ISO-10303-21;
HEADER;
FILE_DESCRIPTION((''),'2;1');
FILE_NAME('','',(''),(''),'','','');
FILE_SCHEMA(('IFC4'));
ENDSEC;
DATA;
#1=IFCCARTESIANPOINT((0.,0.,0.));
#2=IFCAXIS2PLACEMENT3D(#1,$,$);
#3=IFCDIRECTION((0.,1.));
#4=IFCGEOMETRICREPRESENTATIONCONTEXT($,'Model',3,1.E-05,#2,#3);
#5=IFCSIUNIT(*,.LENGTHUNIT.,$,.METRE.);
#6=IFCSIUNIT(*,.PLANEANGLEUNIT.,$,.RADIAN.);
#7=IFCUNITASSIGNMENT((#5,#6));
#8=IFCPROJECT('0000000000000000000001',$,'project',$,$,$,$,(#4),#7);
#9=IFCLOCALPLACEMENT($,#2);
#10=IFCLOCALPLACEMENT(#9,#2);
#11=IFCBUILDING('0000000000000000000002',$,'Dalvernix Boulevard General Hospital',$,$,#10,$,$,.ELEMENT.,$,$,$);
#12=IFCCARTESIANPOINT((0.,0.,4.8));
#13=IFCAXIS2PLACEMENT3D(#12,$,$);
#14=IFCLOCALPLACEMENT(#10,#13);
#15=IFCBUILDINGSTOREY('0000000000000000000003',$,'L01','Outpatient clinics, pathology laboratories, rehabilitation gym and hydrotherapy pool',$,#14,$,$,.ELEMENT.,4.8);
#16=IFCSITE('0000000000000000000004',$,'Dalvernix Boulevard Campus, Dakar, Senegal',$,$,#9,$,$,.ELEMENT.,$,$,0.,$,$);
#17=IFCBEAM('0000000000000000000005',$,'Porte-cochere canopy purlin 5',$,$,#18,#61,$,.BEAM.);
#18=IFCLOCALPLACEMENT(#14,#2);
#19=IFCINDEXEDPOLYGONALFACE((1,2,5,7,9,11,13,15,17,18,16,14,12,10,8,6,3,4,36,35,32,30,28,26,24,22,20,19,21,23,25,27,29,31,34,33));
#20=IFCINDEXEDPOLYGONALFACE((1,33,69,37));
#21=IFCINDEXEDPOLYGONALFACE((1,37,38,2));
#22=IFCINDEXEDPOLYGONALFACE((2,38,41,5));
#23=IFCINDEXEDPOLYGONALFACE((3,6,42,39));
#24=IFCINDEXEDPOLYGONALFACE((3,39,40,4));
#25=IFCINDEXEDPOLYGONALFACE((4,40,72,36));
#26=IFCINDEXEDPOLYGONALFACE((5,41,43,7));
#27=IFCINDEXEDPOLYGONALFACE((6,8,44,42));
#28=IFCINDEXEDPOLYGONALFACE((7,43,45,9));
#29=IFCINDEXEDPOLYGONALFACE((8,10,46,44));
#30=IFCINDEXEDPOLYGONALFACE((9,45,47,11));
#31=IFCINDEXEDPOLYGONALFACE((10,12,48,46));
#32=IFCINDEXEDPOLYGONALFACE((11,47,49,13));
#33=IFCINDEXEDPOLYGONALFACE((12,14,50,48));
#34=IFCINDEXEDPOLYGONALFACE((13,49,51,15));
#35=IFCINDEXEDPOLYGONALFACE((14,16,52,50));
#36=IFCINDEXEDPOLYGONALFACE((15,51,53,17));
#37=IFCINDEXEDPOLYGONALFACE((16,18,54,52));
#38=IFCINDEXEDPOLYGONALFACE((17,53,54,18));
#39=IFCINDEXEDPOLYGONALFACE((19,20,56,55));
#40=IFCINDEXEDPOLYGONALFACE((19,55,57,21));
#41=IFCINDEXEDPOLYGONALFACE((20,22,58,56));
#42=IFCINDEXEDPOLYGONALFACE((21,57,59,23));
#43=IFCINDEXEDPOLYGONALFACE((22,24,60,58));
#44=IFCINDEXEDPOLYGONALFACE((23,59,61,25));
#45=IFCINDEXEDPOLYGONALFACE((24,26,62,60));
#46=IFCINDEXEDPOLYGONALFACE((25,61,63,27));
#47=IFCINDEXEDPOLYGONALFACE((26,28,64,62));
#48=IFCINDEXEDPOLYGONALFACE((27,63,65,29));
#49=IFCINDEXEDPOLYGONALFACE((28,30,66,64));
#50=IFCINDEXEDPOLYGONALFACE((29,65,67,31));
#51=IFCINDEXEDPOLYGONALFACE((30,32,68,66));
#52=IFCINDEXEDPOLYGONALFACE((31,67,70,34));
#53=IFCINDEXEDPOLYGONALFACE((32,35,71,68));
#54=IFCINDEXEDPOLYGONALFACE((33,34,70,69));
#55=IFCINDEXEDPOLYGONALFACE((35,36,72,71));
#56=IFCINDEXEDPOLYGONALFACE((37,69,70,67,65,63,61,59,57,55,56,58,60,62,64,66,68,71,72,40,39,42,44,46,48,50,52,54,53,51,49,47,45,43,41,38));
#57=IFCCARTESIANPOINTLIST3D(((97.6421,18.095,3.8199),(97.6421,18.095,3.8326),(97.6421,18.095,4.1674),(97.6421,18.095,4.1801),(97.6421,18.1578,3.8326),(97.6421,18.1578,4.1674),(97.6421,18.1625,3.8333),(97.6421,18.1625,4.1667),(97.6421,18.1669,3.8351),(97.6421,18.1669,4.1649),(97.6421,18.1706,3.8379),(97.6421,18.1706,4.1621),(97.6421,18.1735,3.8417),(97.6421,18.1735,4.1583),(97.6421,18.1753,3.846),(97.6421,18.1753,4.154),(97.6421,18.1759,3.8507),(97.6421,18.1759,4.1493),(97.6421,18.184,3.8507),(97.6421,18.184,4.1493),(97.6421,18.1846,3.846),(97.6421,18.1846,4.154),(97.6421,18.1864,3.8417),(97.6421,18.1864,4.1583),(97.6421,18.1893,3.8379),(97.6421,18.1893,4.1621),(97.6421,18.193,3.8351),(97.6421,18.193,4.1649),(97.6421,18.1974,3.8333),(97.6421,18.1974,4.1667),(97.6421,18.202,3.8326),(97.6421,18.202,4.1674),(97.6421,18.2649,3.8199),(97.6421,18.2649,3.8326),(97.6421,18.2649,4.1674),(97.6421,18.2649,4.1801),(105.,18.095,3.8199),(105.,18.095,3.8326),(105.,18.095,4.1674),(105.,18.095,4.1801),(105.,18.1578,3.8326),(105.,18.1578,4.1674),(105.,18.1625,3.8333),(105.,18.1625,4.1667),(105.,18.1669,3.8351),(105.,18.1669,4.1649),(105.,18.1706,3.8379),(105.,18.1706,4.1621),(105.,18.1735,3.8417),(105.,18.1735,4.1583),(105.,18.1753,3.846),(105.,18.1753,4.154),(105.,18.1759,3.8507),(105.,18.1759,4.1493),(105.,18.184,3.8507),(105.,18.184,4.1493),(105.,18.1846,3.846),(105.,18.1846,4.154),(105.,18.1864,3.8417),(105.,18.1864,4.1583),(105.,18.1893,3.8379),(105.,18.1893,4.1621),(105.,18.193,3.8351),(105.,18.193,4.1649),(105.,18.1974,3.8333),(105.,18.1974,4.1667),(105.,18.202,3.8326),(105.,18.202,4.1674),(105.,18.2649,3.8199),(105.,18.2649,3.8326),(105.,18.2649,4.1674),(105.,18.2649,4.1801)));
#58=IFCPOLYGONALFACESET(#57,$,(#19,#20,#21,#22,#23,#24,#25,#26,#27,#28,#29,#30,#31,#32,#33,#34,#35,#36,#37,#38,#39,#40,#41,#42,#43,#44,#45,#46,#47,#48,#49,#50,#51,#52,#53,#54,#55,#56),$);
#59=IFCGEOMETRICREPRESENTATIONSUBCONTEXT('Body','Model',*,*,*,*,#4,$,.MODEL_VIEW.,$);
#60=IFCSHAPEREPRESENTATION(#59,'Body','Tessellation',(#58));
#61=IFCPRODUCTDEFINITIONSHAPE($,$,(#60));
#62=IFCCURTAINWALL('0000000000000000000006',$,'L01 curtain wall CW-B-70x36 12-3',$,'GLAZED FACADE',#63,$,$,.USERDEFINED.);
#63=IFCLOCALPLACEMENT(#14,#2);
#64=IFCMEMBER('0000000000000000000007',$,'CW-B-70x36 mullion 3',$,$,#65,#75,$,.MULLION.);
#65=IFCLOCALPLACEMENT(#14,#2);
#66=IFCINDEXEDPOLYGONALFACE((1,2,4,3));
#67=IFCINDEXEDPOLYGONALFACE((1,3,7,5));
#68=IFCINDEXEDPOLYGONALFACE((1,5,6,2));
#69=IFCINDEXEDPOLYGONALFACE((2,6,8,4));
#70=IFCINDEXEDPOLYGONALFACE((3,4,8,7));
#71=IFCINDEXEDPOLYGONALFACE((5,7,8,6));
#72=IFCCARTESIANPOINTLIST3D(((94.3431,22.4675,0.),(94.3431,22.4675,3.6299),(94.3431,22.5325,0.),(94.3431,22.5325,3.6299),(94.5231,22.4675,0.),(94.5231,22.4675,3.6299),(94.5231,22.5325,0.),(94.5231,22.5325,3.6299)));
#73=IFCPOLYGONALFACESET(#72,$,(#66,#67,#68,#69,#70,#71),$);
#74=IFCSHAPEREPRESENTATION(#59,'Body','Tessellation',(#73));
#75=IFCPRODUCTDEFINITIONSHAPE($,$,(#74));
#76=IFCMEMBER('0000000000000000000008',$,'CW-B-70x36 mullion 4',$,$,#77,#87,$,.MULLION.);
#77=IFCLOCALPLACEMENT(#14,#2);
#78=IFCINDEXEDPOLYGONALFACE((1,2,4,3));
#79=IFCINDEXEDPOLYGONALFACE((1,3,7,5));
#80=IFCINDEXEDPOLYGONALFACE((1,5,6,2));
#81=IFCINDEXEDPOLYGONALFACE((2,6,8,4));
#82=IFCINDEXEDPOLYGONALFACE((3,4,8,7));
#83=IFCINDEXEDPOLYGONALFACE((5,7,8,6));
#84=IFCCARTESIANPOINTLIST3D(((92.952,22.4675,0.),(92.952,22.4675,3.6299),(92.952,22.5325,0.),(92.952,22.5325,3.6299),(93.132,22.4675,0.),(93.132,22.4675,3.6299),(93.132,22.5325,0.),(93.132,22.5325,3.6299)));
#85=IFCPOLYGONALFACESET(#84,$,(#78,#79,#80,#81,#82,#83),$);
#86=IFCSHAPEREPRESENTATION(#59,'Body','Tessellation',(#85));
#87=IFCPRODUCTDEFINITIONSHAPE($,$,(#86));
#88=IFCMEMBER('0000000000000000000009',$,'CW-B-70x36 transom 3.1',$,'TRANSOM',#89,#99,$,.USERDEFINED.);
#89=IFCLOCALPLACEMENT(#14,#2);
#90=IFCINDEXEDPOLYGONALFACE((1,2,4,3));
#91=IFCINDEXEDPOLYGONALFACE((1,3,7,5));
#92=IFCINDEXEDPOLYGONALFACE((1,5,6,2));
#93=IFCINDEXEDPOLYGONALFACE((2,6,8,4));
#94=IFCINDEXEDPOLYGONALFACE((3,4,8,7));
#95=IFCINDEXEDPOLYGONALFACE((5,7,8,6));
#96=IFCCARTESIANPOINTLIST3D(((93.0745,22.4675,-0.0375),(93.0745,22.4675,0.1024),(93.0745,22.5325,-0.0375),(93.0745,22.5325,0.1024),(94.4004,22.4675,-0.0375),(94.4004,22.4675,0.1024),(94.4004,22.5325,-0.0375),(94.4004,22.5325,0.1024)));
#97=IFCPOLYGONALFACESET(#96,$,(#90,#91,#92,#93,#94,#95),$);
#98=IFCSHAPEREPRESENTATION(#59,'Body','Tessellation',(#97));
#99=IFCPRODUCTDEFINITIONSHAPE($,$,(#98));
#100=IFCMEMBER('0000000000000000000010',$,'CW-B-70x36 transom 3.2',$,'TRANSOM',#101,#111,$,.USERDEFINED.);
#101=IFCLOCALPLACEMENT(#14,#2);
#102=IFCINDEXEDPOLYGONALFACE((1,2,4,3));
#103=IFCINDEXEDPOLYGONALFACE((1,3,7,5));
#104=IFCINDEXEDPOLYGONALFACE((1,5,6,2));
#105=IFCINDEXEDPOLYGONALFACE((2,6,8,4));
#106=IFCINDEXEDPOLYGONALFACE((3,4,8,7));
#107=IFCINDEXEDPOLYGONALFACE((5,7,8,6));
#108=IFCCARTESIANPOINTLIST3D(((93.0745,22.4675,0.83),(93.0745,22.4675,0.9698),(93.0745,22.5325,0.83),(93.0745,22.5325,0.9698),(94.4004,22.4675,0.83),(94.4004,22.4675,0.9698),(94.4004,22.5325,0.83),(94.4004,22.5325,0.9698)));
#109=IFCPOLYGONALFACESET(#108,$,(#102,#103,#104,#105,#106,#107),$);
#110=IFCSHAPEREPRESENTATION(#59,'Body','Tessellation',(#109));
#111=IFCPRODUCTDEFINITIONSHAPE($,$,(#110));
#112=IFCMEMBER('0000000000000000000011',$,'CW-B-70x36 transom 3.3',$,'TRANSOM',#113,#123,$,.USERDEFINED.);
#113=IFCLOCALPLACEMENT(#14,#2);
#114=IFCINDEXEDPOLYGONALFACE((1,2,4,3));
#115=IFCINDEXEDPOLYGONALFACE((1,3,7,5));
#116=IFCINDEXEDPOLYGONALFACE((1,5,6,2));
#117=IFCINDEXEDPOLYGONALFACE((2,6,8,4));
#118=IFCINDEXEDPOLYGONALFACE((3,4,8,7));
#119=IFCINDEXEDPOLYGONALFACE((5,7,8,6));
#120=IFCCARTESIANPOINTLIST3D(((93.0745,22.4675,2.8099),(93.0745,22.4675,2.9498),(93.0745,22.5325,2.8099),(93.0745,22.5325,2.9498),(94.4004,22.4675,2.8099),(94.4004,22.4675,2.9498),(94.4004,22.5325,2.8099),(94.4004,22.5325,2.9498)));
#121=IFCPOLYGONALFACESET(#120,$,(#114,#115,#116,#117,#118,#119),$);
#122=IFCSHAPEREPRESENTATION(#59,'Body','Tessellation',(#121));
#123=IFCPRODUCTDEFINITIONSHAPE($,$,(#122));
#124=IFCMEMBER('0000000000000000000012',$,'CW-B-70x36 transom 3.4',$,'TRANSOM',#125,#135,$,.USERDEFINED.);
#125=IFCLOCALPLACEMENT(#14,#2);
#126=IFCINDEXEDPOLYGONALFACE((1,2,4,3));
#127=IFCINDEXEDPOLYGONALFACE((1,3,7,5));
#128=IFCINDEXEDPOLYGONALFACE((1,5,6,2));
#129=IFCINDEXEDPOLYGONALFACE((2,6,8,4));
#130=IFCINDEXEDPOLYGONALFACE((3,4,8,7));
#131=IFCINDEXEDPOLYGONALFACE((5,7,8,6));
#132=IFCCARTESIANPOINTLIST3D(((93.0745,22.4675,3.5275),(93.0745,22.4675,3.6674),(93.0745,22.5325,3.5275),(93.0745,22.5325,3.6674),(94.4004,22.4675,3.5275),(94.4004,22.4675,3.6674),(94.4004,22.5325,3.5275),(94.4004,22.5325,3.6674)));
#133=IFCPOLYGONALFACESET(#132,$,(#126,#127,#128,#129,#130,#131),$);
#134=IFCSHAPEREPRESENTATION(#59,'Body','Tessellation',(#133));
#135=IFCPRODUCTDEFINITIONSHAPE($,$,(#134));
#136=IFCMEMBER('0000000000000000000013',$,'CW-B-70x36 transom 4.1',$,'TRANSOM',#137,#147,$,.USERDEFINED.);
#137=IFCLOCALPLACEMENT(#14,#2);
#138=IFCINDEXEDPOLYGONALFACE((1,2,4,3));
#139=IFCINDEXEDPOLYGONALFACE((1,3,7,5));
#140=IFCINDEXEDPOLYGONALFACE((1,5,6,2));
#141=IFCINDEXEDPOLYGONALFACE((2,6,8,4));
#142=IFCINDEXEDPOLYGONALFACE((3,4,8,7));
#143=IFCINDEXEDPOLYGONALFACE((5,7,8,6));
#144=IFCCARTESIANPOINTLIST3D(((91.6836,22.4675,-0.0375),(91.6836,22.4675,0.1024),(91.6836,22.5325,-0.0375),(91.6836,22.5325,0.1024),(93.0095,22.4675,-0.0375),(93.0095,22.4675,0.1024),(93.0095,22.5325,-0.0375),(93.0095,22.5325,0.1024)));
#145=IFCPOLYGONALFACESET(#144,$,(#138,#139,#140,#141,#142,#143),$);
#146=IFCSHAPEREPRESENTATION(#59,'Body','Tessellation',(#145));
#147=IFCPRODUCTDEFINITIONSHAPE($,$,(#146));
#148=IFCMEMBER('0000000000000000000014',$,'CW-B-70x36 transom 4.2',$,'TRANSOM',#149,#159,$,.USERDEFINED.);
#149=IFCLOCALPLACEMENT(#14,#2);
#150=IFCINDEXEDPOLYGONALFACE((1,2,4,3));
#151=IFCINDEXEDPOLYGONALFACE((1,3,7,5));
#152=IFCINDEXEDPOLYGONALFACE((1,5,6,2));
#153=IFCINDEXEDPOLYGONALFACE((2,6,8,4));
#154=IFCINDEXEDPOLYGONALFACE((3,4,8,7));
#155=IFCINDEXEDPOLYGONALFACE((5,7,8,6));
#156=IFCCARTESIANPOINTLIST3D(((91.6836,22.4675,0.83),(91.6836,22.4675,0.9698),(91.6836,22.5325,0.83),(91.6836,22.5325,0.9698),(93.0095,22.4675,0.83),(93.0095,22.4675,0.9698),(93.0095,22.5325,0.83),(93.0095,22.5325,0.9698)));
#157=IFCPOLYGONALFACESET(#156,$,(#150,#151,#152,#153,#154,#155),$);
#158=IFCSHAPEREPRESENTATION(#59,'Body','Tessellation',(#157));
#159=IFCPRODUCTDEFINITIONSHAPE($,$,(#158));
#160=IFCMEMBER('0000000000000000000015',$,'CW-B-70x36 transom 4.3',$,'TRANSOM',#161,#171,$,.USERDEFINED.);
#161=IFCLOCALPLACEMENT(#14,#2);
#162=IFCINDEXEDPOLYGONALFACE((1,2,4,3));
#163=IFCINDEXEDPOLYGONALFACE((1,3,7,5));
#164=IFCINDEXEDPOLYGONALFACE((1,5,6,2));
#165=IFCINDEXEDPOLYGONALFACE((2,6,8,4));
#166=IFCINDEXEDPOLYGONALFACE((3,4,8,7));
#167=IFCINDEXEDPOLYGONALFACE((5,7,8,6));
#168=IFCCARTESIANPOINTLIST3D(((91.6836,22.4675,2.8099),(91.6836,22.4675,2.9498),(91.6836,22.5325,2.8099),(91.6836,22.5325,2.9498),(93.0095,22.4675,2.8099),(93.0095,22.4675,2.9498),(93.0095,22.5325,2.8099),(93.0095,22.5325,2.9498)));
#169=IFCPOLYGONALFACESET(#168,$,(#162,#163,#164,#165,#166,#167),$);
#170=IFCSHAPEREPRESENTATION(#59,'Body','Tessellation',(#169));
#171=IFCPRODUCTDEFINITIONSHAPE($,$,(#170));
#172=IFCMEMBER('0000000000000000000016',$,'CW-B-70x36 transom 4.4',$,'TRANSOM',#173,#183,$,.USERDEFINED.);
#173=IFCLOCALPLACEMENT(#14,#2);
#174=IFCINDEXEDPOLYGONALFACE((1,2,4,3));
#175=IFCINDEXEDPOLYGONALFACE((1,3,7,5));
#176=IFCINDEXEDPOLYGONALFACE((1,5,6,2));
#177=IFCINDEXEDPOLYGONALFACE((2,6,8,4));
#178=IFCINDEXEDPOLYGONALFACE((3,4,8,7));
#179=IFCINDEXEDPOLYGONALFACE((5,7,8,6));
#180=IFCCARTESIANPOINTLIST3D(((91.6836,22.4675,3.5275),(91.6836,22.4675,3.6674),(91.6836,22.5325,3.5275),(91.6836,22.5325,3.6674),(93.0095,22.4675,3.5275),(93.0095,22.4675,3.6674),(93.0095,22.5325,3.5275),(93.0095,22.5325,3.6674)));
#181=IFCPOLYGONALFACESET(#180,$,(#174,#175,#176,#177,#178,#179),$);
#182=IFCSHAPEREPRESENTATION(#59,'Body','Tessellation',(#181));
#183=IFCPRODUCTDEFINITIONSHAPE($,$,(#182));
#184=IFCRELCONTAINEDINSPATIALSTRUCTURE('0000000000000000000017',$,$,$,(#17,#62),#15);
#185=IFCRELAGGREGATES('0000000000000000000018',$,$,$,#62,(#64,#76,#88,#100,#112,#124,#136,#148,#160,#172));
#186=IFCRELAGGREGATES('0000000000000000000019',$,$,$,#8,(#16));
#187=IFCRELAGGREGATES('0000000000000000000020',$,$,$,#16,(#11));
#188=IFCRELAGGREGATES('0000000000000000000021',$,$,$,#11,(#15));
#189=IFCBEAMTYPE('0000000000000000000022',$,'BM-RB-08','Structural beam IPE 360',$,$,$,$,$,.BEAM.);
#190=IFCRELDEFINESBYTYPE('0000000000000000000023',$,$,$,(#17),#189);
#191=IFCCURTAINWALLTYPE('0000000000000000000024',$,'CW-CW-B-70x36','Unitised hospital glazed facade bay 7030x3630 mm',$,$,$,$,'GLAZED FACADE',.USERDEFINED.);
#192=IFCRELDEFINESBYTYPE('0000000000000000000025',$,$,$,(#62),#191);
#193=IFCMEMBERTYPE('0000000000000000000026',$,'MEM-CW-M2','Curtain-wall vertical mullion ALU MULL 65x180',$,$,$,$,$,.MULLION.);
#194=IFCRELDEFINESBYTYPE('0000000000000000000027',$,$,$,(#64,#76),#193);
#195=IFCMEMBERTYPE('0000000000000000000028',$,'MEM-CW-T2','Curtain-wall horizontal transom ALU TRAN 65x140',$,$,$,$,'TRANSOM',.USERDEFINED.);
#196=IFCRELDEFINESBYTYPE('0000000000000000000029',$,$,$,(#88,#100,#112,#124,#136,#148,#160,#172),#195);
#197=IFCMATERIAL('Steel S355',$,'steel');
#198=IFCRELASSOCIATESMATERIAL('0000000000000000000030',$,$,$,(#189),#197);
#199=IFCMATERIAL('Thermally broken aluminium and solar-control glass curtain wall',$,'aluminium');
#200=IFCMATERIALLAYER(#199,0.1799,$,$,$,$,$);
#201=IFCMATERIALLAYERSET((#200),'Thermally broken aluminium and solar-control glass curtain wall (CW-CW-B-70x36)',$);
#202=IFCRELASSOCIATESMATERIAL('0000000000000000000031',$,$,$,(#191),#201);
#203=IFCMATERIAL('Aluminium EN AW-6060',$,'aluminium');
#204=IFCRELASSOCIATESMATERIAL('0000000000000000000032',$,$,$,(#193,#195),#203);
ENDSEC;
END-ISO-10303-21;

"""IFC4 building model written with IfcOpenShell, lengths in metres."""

from ifc_helpers import new_model, si_unit, direction, frame, origin, origin_2d, place, context, subcontext, project, spatial, rectangle, i_section, extrude, material, layer, layer_set, material_profile, profile_set, type_object, element, aggregate, save


model = new_model("IFC4")

# Units and contexts
model_context = context("Model", 3, precision=1e-05, world=origin(), true_north=direction((0.0, 1.0)))
body_context = subcontext(model_context, "Body", "Model", "MODEL_VIEW")
ifc_project = project(units=[si_unit("LENGTHUNIT", "METRE"), si_unit("PLANEANGLEUNIT", "RADIAN")], contexts=[model_context])

# Site, building, storey
site_placement = place(None, origin())
site = spatial("IfcSite", under=ifc_project, at=site_placement, Name="Dalvernix Boulevard Campus, Dakar, Senegal", CompositionType="ELEMENT", RefElevation=0.0)
building_placement = place(site_placement, origin())
building = spatial("IfcBuilding", under=site, at=building_placement, Name="Dalvernix Boulevard General Hospital", CompositionType="ELEMENT")
storey_placement = place(building_placement, frame((0.0, 0.0, 4.8)))
storey = spatial("IfcBuildingStorey", under=building, at=storey_placement, Name="L01", Description="Outpatient clinics, pathology laboratories, rehabilitation gym and hydrotherapy pool", CompositionType="ELEMENT", Elevation=4.8)

# Beam
ifc_material_1 = material(Name="Steel S355", Category="steel")
ifc_material_profile_1 = material_profile(ifc_material_1, i_section(OverallWidth=0.1699, OverallDepth=0.3601, WebThickness=0.0081, FlangeThickness=0.0127, FilletRadius=0.0181, at=origin_2d()), Name="IPE 360")
ifc_profile_set_1 = profile_set([ifc_material_profile_1], Name="Steel S355")
beam_type = type_object("IfcBeamType", Name="BM-RB-08", Description="Structural beam IPE 360", PredefinedType="BEAM", material=ifc_profile_set_1)
beam_placement = place(storey_placement, frame((97.6421, 18.1799, 4.0), z_axis=(1.0, 0.0, 0.0), x_axis=(0.0, 1.0, 0.0)))
element("IfcBeam", 1, at=beam_placement, inside=storey, type_object=beam_type, Name="Porte-cochere canopy purlin 5", PredefinedType="BEAM", context=body_context, shape_type="SweptSolid", body=[
    extrude(i_section(OverallWidth=0.1699, OverallDepth=0.3601, WebThickness=0.0081, FlangeThickness=0.0127, FilletRadius=0.0181, at=origin_2d()), origin(), (0.0, 0.0, 1.0), 7.3579),
])

# Curtain wall, members
ifc_material_2 = material(Name="Thermally broken aluminium and solar-control glass curtain wall", Category="aluminium")
ifc_layer_1 = layer(ifc_material_2, 0.1799)
ifc_layer_set_1 = layer_set([ifc_layer_1], Name="Thermally broken aluminium and solar-control glass curtain wall (CW-CW-B-70x36)")
curtain_wall_type = type_object("IfcCurtainWallType", Name="CW-CW-B-70x36", Description="Unitised hospital glazed facade bay 7030x3630 mm", ElementType="GLAZED FACADE", PredefinedType="USERDEFINED", material=ifc_layer_set_1)
curtain_wall_placement = place(storey_placement, origin())
curtain_wall = element("IfcCurtainWall", 2, at=curtain_wall_placement, inside=storey, type_object=curtain_wall_type, Name="L01 curtain wall CW-B-70x36 12-3", ObjectType="GLAZED FACADE", PredefinedType="USERDEFINED")
ifc_material_3 = material(Name="Aluminium EN AW-6060", Category="aluminium")
ifc_material_profile_2 = material_profile(ifc_material_3, rectangle(XDim=0.0649, YDim=0.1799, at=origin_2d()), Name="ALU MULL 65x180")
ifc_profile_set_2 = profile_set([ifc_material_profile_2], Name="Aluminium EN AW-6060")
member_type_1 = type_object("IfcMemberType", Name="MEM-CW-M2", Description="Curtain-wall vertical mullion ALU MULL 65x180", PredefinedType="MULLION", material=ifc_profile_set_2)
member_1_placement = place(storey_placement, frame((94.4331, 22.5, 0.0), z_axis=(0.0, 0.0, 1.0), x_axis=(0.0, -1.0, 0.0)))
member_1 = element("IfcMember", 3, at=member_1_placement, type_object=member_type_1, Name="CW-B-70x36 mullion 3", PredefinedType="MULLION", context=body_context, shape_type="SweptSolid", body=[
    extrude(rectangle(XDim=0.0649, YDim=0.1799, at=origin_2d()), origin(), (0.0, 0.0, 1.0), 3.6299),
])
member_2_placement = place(storey_placement, frame((93.042, 22.5, 0.0), z_axis=(0.0, 0.0, 1.0), x_axis=(0.0, -1.0, 0.0)))
member_2 = element("IfcMember", 4, at=member_2_placement, type_object=member_type_1, Name="CW-B-70x36 mullion 4", PredefinedType="MULLION", context=body_context, shape_type="SweptSolid", body=[
    extrude(rectangle(XDim=0.0649, YDim=0.1799, at=origin_2d()), origin(), (0.0, 0.0, 1.0), 3.6299),
])
ifc_material_profile_3 = material_profile(ifc_material_3, rectangle(XDim=0.0649, YDim=0.1399, at=origin_2d()), Name="ALU TRAN 65x140")
ifc_profile_set_3 = profile_set([ifc_material_profile_3], Name="Aluminium EN AW-6060")
member_type_2 = type_object("IfcMemberType", Name="MEM-CW-T2", Description="Curtain-wall horizontal transom ALU TRAN 65x140", ElementType="TRANSOM", PredefinedType="USERDEFINED", material=ifc_profile_set_3)
member_3_placement = place(storey_placement, frame((94.4004, 22.5, 0.0325), z_axis=(-1.0, 0.0, 0.0), x_axis=(0.0, -1.0, 0.0)))
member_3 = element("IfcMember", 5, at=member_3_placement, type_object=member_type_2, Name="CW-B-70x36 transom 3.1", ObjectType="TRANSOM", PredefinedType="USERDEFINED", context=body_context, shape_type="SweptSolid", body=[
    extrude(rectangle(XDim=0.0649, YDim=0.1399, at=origin_2d()), origin(), (0.0, 0.0, 1.0), 1.3259),
])
member_4_placement = place(storey_placement, frame((94.4004, 22.5, 0.8999), z_axis=(-1.0, 0.0, 0.0), x_axis=(0.0, -1.0, 0.0)))
member_4 = element("IfcMember", 6, at=member_4_placement, type_object=member_type_2, Name="CW-B-70x36 transom 3.2", ObjectType="TRANSOM", PredefinedType="USERDEFINED", context=body_context, shape_type="SweptSolid", body=[
    extrude(rectangle(XDim=0.0649, YDim=0.1399, at=origin_2d()), origin(), (0.0, 0.0, 1.0), 1.3259),
])
member_5_placement = place(storey_placement, frame((94.4004, 22.5, 2.8799), z_axis=(-1.0, 0.0, 0.0), x_axis=(0.0, -1.0, 0.0)))
member_5 = element("IfcMember", 7, at=member_5_placement, type_object=member_type_2, Name="CW-B-70x36 transom 3.3", ObjectType="TRANSOM", PredefinedType="USERDEFINED", context=body_context, shape_type="SweptSolid", body=[
    extrude(rectangle(XDim=0.0649, YDim=0.1399, at=origin_2d()), origin(), (0.0, 0.0, 1.0), 1.3259),
])
member_6_placement = place(storey_placement, frame((94.4004, 22.5, 3.5974), z_axis=(-1.0, 0.0, 0.0), x_axis=(0.0, -1.0, 0.0)))
member_6 = element("IfcMember", 8, at=member_6_placement, type_object=member_type_2, Name="CW-B-70x36 transom 3.4", ObjectType="TRANSOM", PredefinedType="USERDEFINED", context=body_context, shape_type="SweptSolid", body=[
    extrude(rectangle(XDim=0.0649, YDim=0.1399, at=origin_2d()), origin(), (0.0, 0.0, 1.0), 1.3259),
])
member_7_placement = place(storey_placement, frame((93.0095, 22.5, 0.0325), z_axis=(-1.0, 0.0, 0.0), x_axis=(0.0, -1.0, 0.0)))
member_7 = element("IfcMember", 9, at=member_7_placement, type_object=member_type_2, Name="CW-B-70x36 transom 4.1", ObjectType="TRANSOM", PredefinedType="USERDEFINED", context=body_context, shape_type="SweptSolid", body=[
    extrude(rectangle(XDim=0.0649, YDim=0.1399, at=origin_2d()), origin(), (0.0, 0.0, 1.0), 1.3259),
])
member_8_placement = place(storey_placement, frame((93.0095, 22.5, 0.8999), z_axis=(-1.0, 0.0, 0.0), x_axis=(0.0, -1.0, 0.0)))
member_8 = element("IfcMember", 10, at=member_8_placement, type_object=member_type_2, Name="CW-B-70x36 transom 4.2", ObjectType="TRANSOM", PredefinedType="USERDEFINED", context=body_context, shape_type="SweptSolid", body=[
    extrude(rectangle(XDim=0.0649, YDim=0.1399, at=origin_2d()), origin(), (0.0, 0.0, 1.0), 1.3259),
])
member_9_placement = place(storey_placement, frame((93.0095, 22.5, 2.8799), z_axis=(-1.0, 0.0, 0.0), x_axis=(0.0, -1.0, 0.0)))
member_9 = element("IfcMember", 11, at=member_9_placement, type_object=member_type_2, Name="CW-B-70x36 transom 4.3", ObjectType="TRANSOM", PredefinedType="USERDEFINED", context=body_context, shape_type="SweptSolid", body=[
    extrude(rectangle(XDim=0.0649, YDim=0.1399, at=origin_2d()), origin(), (0.0, 0.0, 1.0), 1.3259),
])
member_10_placement = place(storey_placement, frame((93.0095, 22.5, 3.5974), z_axis=(-1.0, 0.0, 0.0), x_axis=(0.0, -1.0, 0.0)))
member_10 = element("IfcMember", 12, at=member_10_placement, type_object=member_type_2, Name="CW-B-70x36 transom 4.4", ObjectType="TRANSOM", PredefinedType="USERDEFINED", context=body_context, shape_type="SweptSolid", body=[
    extrude(rectangle(XDim=0.0649, YDim=0.1399, at=origin_2d()), origin(), (0.0, 0.0, 1.0), 1.3259),
])

aggregate(curtain_wall, [member_1, member_2, member_3, member_4, member_5, member_6, member_7, member_8, member_9, member_10])

save(model, "model.ifc")
